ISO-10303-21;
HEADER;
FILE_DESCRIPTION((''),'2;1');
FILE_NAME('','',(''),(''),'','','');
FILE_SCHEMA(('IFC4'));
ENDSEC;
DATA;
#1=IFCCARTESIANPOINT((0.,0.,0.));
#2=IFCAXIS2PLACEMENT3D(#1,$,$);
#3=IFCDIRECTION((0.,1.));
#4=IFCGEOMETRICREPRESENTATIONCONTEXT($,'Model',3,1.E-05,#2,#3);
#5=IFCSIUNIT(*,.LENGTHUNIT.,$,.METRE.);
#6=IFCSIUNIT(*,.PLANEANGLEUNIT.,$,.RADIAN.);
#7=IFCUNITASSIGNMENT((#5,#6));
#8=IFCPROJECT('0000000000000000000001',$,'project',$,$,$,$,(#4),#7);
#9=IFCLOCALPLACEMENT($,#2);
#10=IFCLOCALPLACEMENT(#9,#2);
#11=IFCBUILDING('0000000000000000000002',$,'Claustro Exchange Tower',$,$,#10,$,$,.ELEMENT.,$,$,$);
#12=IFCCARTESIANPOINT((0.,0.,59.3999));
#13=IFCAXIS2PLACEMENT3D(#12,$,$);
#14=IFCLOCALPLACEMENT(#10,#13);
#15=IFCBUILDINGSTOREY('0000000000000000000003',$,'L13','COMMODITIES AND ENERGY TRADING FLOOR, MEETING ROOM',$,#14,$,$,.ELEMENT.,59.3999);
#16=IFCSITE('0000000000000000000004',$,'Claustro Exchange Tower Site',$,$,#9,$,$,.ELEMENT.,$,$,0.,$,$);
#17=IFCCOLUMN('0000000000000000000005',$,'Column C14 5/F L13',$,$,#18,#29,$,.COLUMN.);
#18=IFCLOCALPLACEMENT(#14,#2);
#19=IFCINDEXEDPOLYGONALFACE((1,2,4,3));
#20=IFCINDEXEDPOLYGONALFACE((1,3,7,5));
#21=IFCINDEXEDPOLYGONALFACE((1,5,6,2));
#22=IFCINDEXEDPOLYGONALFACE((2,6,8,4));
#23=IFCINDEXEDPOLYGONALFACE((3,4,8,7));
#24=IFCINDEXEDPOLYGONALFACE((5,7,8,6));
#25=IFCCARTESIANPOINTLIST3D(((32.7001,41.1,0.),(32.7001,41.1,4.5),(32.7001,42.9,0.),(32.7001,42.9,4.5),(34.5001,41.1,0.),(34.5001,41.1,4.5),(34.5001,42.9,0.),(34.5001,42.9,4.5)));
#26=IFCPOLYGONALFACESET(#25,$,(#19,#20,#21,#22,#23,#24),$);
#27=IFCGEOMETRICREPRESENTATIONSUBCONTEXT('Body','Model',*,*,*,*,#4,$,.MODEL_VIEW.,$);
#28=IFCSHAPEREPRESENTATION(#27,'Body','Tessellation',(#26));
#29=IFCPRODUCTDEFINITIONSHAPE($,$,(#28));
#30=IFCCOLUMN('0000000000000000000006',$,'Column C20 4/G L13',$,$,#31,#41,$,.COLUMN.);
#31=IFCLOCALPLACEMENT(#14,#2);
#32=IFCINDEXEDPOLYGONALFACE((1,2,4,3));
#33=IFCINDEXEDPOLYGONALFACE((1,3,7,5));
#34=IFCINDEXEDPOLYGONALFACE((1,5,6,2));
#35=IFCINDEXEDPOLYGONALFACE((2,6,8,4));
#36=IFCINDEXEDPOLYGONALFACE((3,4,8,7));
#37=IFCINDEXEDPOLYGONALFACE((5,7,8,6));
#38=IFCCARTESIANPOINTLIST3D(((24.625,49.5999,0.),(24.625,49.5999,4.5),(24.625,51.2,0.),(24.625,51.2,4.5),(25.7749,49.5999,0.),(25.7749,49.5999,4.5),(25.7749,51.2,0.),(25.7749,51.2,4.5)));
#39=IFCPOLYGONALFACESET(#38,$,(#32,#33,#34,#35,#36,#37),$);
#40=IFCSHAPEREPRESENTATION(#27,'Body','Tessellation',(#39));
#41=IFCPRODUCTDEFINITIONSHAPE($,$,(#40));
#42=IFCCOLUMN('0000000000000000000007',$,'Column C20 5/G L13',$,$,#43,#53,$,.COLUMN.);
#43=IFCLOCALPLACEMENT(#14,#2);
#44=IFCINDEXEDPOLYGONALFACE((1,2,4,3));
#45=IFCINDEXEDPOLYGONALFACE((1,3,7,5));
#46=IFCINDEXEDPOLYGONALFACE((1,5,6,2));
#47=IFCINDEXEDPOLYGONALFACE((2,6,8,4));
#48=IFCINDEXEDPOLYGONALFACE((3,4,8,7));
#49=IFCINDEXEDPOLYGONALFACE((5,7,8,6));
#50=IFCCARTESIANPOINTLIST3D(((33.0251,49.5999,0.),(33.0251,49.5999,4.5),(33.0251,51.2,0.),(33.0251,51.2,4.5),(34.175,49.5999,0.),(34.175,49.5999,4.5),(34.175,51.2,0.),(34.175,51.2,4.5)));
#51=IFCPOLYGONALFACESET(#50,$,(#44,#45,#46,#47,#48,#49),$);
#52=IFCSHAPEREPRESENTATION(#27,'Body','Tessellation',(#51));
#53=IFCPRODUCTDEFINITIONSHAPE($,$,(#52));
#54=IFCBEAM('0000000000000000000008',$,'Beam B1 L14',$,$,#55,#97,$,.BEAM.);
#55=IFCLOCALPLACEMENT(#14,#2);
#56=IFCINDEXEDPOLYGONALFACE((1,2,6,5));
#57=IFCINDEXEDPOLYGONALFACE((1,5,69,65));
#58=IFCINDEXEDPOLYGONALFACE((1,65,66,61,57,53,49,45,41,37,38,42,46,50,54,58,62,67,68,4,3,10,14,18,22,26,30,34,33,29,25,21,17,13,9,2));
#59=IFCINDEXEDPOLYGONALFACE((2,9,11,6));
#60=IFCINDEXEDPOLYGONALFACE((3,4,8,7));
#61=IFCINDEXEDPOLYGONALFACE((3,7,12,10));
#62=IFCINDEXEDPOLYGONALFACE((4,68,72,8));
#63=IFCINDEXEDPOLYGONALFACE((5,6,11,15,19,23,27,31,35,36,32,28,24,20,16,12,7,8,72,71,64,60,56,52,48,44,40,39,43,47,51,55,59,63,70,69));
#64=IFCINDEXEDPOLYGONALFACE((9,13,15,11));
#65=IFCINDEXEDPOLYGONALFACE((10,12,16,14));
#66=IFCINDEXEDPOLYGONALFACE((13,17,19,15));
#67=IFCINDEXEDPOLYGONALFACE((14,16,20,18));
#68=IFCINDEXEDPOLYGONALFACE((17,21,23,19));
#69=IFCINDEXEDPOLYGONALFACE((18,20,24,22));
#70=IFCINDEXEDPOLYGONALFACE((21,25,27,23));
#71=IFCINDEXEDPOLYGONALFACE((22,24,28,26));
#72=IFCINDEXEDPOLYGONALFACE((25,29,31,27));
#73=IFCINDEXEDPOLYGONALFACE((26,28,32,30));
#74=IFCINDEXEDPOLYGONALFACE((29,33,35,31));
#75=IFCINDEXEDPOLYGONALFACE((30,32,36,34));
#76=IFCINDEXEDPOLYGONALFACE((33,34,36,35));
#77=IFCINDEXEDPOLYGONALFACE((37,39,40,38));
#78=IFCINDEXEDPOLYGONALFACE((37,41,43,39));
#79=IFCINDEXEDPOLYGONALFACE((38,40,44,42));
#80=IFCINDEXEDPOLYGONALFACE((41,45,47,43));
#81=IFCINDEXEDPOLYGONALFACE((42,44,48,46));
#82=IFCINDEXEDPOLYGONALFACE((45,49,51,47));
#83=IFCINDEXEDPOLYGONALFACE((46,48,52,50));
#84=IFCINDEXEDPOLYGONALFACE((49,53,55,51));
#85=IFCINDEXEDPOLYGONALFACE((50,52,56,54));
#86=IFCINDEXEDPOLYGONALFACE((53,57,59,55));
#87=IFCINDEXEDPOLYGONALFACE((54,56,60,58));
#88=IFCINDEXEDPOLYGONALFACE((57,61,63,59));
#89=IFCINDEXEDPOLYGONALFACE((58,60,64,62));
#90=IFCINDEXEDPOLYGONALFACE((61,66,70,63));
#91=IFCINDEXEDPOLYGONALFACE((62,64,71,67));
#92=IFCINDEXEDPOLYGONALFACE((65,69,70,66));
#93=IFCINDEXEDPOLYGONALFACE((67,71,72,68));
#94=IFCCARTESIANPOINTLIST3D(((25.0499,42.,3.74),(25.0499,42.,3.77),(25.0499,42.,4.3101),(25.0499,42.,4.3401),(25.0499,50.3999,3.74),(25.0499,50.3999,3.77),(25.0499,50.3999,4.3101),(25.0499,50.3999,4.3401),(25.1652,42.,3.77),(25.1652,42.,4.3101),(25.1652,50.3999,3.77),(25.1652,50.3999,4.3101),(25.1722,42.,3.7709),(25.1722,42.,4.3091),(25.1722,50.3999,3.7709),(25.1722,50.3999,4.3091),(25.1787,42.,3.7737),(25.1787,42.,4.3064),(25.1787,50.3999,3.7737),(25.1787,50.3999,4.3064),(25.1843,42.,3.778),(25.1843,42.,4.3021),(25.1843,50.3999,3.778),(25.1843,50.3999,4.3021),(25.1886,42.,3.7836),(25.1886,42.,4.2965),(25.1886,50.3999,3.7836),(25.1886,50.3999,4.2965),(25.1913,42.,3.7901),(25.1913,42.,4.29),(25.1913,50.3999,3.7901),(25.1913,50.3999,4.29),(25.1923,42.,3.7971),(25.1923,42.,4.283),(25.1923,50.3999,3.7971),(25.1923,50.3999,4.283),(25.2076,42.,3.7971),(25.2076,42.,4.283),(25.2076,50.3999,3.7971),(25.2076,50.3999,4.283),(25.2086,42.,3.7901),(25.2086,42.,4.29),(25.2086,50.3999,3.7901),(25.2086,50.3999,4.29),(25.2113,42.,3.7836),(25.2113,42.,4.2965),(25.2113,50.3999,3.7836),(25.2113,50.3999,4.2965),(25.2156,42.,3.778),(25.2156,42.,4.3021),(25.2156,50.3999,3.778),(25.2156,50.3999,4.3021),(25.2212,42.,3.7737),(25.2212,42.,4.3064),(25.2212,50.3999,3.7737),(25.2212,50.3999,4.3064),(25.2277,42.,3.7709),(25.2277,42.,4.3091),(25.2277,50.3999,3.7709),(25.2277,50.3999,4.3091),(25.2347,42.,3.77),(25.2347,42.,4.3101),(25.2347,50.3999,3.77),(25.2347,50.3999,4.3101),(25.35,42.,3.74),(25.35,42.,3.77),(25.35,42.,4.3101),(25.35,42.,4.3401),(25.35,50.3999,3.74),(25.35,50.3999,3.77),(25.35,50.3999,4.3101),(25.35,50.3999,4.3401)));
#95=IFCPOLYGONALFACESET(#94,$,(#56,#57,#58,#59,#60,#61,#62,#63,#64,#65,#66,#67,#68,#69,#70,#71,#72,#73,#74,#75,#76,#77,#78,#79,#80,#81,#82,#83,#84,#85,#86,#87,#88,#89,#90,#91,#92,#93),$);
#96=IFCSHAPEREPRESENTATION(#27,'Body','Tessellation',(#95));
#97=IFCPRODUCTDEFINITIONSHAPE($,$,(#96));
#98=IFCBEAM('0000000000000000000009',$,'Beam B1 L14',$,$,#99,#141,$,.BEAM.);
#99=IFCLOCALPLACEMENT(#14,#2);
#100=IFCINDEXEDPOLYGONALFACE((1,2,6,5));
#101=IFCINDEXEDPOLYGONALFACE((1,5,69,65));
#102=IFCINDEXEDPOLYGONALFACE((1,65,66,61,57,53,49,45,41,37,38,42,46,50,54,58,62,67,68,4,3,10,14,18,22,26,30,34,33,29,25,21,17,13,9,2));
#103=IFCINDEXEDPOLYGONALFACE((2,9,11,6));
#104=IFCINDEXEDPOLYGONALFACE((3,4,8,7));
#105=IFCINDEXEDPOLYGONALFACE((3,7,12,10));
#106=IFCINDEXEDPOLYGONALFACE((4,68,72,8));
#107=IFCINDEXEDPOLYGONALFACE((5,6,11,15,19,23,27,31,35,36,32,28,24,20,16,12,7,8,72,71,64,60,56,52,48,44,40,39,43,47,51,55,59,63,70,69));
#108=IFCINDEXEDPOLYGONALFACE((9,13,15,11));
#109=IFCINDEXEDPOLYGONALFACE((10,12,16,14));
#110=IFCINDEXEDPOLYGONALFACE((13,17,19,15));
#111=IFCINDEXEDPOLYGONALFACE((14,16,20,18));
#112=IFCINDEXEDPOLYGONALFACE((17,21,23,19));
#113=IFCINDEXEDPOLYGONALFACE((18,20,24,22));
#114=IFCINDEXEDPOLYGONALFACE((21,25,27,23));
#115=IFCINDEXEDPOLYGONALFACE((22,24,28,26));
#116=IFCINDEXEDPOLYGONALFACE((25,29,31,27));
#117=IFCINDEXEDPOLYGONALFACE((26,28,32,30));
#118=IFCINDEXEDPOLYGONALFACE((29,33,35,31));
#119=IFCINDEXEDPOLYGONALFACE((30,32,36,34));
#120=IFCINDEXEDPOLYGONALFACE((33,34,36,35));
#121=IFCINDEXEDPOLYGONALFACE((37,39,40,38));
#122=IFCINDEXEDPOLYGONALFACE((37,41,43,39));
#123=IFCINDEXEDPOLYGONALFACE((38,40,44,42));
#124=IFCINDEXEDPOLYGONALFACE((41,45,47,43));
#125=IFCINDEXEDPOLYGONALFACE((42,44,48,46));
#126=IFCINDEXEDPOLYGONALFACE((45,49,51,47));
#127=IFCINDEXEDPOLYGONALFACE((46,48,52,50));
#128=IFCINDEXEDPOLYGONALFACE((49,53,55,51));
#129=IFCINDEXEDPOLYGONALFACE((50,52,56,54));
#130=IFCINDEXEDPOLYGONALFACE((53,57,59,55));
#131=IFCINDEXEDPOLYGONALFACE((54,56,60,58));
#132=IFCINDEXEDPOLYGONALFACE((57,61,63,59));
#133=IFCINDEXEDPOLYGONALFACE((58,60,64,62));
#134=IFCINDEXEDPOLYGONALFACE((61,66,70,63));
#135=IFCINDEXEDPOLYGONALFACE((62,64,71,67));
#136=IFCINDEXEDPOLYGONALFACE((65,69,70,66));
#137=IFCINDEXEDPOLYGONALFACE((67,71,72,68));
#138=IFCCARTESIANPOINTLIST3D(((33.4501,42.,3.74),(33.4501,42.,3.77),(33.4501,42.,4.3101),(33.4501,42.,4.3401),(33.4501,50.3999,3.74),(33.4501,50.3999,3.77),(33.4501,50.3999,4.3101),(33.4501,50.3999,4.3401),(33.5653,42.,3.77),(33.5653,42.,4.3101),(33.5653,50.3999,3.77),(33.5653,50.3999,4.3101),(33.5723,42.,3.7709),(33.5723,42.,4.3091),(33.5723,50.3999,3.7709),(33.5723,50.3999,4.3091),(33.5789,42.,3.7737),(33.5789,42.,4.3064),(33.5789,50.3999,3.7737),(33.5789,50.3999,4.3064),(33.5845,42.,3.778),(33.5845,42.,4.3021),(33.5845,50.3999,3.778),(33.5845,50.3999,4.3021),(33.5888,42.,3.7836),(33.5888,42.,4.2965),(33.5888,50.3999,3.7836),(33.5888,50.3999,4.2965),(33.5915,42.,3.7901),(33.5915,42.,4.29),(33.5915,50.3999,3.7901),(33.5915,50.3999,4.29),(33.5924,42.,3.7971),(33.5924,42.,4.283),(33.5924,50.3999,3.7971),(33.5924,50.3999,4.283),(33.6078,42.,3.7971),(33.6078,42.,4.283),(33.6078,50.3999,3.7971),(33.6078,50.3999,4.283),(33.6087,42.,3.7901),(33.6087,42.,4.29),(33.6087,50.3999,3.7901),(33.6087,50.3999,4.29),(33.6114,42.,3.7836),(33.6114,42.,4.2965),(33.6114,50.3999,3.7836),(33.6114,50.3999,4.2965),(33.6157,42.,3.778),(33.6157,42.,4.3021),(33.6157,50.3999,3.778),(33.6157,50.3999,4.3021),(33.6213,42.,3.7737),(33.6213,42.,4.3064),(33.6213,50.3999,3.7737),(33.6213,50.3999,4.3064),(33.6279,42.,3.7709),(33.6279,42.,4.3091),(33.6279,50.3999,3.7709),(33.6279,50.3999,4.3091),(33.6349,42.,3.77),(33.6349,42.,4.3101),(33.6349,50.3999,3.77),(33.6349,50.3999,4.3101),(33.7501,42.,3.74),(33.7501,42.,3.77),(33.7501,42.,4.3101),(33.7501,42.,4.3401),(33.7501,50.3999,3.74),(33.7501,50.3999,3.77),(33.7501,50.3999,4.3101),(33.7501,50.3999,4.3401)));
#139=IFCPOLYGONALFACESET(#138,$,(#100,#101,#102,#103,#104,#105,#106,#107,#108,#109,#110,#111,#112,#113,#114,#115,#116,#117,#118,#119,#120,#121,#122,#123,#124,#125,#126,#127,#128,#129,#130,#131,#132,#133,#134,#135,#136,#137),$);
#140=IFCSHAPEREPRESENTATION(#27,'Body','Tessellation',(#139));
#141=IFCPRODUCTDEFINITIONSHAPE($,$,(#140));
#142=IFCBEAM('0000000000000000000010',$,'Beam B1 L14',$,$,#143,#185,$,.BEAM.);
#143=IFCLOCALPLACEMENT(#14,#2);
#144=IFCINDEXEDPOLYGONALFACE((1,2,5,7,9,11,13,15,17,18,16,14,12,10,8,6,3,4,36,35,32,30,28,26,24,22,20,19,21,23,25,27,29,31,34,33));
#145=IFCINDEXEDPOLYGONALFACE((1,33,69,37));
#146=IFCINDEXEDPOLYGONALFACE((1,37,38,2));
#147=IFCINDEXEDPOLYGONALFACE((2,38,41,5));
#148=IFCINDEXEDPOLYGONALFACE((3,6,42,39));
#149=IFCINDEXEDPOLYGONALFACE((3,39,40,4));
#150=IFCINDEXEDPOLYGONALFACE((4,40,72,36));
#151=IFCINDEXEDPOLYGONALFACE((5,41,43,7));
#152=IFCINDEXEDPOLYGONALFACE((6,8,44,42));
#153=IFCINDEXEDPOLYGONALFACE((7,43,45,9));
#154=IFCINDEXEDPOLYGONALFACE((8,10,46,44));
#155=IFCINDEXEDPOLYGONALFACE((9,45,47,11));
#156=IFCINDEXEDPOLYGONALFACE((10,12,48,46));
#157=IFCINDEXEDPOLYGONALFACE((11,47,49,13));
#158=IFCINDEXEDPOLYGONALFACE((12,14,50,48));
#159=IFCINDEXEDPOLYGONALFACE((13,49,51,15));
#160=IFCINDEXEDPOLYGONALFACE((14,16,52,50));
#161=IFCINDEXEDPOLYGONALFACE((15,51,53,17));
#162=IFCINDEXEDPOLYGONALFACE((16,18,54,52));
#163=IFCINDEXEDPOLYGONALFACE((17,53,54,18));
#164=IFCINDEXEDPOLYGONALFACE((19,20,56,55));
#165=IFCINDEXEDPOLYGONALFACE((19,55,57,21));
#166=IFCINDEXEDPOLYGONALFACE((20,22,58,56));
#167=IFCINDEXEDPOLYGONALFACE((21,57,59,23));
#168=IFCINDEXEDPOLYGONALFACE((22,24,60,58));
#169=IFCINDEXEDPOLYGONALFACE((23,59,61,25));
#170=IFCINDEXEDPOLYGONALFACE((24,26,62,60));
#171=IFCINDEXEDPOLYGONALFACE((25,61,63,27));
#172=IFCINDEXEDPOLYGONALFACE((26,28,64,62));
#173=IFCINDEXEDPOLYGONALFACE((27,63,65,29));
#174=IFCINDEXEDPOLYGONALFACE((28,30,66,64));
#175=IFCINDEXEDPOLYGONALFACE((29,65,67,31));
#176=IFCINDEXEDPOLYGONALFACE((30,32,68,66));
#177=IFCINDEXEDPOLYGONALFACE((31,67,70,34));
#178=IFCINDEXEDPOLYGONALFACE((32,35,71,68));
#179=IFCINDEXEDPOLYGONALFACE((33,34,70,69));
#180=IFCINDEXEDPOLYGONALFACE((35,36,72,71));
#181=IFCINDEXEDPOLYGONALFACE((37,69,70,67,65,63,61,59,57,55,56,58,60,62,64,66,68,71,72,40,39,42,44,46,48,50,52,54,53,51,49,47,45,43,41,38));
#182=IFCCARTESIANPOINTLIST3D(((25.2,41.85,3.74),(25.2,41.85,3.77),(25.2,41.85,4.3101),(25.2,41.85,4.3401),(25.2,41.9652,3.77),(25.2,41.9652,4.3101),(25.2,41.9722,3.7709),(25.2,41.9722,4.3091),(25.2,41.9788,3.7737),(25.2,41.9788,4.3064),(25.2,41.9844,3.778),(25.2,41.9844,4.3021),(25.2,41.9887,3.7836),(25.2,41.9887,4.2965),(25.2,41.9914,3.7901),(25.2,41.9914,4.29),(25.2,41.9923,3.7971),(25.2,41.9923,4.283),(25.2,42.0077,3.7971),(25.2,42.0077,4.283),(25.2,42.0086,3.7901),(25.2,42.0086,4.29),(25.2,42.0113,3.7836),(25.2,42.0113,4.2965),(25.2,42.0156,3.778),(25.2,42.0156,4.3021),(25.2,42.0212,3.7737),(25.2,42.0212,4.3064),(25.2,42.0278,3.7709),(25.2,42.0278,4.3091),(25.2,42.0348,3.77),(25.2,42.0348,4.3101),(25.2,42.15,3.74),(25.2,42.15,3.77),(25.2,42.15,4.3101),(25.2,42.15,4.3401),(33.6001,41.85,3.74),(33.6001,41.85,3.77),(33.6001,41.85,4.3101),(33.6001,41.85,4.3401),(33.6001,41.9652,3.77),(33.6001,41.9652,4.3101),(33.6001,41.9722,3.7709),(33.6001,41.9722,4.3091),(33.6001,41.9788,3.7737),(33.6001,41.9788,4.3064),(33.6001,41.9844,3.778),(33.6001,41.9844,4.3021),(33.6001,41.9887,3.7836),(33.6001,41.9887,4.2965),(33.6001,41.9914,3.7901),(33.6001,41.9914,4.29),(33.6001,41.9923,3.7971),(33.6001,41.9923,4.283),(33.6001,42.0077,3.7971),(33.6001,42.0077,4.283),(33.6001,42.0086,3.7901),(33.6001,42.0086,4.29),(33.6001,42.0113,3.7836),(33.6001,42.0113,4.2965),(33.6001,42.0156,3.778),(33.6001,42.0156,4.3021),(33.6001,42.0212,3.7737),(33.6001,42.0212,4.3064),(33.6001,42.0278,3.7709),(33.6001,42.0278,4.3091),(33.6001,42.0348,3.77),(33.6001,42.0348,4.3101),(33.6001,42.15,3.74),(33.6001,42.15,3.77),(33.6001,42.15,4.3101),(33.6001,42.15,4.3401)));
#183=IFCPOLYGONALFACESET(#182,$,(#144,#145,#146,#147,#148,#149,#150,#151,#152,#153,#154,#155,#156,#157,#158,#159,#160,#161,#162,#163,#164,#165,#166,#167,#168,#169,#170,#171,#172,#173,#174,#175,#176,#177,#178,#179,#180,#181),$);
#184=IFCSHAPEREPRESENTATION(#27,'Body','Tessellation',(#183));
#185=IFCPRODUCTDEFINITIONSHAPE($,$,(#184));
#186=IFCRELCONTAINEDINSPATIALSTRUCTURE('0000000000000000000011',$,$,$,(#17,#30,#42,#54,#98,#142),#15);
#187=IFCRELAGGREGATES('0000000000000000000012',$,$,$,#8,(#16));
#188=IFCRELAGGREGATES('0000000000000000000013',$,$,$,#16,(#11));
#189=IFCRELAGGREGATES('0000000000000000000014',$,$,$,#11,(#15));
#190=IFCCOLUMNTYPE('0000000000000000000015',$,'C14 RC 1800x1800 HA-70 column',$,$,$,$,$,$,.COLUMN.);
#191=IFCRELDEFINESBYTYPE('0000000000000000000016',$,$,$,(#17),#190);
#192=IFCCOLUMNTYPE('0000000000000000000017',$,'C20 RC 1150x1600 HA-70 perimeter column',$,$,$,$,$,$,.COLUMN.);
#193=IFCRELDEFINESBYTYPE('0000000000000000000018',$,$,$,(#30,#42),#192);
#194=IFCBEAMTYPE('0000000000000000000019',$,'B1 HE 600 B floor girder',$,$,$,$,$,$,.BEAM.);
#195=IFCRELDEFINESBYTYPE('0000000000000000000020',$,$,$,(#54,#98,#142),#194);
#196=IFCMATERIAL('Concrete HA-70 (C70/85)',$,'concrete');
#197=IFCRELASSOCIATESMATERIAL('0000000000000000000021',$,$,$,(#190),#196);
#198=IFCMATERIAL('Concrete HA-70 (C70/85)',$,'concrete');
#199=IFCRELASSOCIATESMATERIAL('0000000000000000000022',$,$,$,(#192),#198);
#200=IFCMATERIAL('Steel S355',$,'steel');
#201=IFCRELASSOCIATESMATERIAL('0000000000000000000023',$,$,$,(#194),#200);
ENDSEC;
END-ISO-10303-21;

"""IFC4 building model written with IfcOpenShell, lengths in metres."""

from ifc_helpers import new_model, si_unit, direction, frame, origin, origin_2d, place, context, subcontext, project, spatial, rectangle, i_section, extrude, material, material_profile, profile_set, type_object, element, save


model = new_model("IFC4")

# Units and contexts
model_context = context("Model", 3, precision=1e-05, world=origin(), true_north=direction((0.0, 1.0)))
body_context = subcontext(model_context, "Body", "Model", "MODEL_VIEW")
ifc_project = project(units=[si_unit("LENGTHUNIT", "METRE"), si_unit("PLANEANGLEUNIT", "RADIAN")], contexts=[model_context])

# Site, building, storey
site_placement = place(None, origin())
site = spatial("IfcSite", under=ifc_project, at=site_placement, Name="Claustro Exchange Tower Site", CompositionType="ELEMENT", RefElevation=0.0)
building_placement = place(site_placement, origin())
building = spatial("IfcBuilding", under=site, at=building_placement, Name="Claustro Exchange Tower", CompositionType="ELEMENT")
storey_placement = place(building_placement, frame((0.0, 0.0, 59.3999)))
storey = spatial("IfcBuildingStorey", under=building, at=storey_placement, Name="L13", Description="COMMODITIES AND ENERGY TRADING FLOOR, MEETING ROOM", CompositionType="ELEMENT", Elevation=59.3999)

# Columns
ifc_material_1 = material(Name="Concrete HA-70 (C70/85)", Category="concrete")
ifc_material_profile_1 = material_profile(ifc_material_1, rectangle(XDim=1.8, YDim=1.8, at=origin_2d()), Name="RC 1800x1800")
ifc_profile_set_1 = profile_set([ifc_material_profile_1], Name="Concrete HA-70 (C70/85)")
column_type_1 = type_object("IfcColumnType", Name="C14 RC 1800x1800 HA-70 column", PredefinedType="COLUMN", material=ifc_profile_set_1)
column_placement = place(storey_placement, frame((33.6001, 42.0, 0.0), z_axis=(0.0, 0.0, 1.0), x_axis=(1.0, 0.0, 0.0)))
element("IfcColumn", 1, at=column_placement, inside=storey, type_object=column_type_1, Name="Column C14 5/F L13", PredefinedType="COLUMN", context=body_context, shape_type="SweptSolid", body=[
    extrude(rectangle(XDim=1.8, YDim=1.8, at=origin_2d()), origin(), (0.0, 0.0, 1.0), 4.5),
])
ifc_material_2 = material(Name="Concrete HA-70 (C70/85)", Category="concrete")
ifc_material_profile_2 = material_profile(ifc_material_2, rectangle(XDim=1.1499, YDim=1.6001, at=origin_2d()), Name="RC 1150x1600")
ifc_profile_set_2 = profile_set([ifc_material_profile_2], Name="Concrete HA-70 (C70/85)")
column_type_2 = type_object("IfcColumnType", Name="C20 RC 1150x1600 HA-70 perimeter column", PredefinedType="COLUMN", material=ifc_profile_set_2)
for number, where, z_axis, x_axis, name in (
    (2, (25.2, 50.3999, 0.0), (0.0, 0.0, 1.0), (1.0, 0.0, 0.0), "Column C20 4/G L13"),
    (3, (33.6001, 50.3999, 0.0), (0.0, 0.0, 1.0), (1.0, 0.0, 0.0), "Column C20 5/G L13"),
):
    element("IfcColumn", number, at=place(storey_placement, frame(where, z_axis=z_axis, x_axis=x_axis)), inside=storey, type_object=column_type_2, Name=name, PredefinedType="COLUMN", context=body_context, shape_type="SweptSolid", body=[
        extrude(rectangle(XDim=1.1499, YDim=1.6001, at=origin_2d()), origin(), (0.0, 0.0, 1.0), 4.5),
    ])

# Beams
ifc_material_3 = material(Name="Steel S355", Category="steel")
ifc_material_profile_3 = material_profile(ifc_material_3, i_section(OverallWidth=0.3, OverallDepth=0.6001, WebThickness=0.0154, FlangeThickness=0.03, FilletRadius=0.0271, at=origin_2d()), Name="HE 600 B")
ifc_profile_set_3 = profile_set([ifc_material_profile_3], Name="Steel S355")
beam_type_1 = type_object("IfcBeamType", Name="B1 HE 600 B floor girder", PredefinedType="BEAM", material=ifc_profile_set_3)
for number, where, z_axis, x_axis, name in (
    (4, (25.2, 42.0, 4.04), (0.0, 1.0, 0.0), (-1.0, 0.0, 0.0), "Beam B1 L14"),
    (5, (33.6001, 42.0, 4.04), (0.0, 1.0, 0.0), (-1.0, 0.0, 0.0), "Beam B1 L14"),
):
    element("IfcBeam", number, at=place(storey_placement, frame(where, z_axis=z_axis, x_axis=x_axis)), inside=storey, type_object=beam_type_1, Name=name, PredefinedType="BEAM", context=body_context, shape_type="SweptSolid", body=[
        extrude(i_section(OverallWidth=0.3, OverallDepth=0.6001, WebThickness=0.0154, FlangeThickness=0.03, FilletRadius=0.0271, at=origin_2d()), origin(), (0.0, 0.0, 1.0), 8.3999),
    ])
beam_1_placement = place(storey_placement, frame((25.2, 42.0, 4.04), z_axis=(1.0, 0.0, 0.0), x_axis=(0.0, 1.0, 0.0)))
element("IfcBeam", 6, at=beam_1_placement, inside=storey, type_object=beam_type_1, Name="Beam B1 L14", PredefinedType="BEAM", context=body_context, shape_type="SweptSolid", body=[
    extrude(i_section(OverallWidth=0.3, OverallDepth=0.6001, WebThickness=0.0154, FlangeThickness=0.03, FilletRadius=0.0271, at=origin_2d()), origin(), (0.0, 0.0, 1.0), 8.4001),
])

save(model, "model.ifc")
